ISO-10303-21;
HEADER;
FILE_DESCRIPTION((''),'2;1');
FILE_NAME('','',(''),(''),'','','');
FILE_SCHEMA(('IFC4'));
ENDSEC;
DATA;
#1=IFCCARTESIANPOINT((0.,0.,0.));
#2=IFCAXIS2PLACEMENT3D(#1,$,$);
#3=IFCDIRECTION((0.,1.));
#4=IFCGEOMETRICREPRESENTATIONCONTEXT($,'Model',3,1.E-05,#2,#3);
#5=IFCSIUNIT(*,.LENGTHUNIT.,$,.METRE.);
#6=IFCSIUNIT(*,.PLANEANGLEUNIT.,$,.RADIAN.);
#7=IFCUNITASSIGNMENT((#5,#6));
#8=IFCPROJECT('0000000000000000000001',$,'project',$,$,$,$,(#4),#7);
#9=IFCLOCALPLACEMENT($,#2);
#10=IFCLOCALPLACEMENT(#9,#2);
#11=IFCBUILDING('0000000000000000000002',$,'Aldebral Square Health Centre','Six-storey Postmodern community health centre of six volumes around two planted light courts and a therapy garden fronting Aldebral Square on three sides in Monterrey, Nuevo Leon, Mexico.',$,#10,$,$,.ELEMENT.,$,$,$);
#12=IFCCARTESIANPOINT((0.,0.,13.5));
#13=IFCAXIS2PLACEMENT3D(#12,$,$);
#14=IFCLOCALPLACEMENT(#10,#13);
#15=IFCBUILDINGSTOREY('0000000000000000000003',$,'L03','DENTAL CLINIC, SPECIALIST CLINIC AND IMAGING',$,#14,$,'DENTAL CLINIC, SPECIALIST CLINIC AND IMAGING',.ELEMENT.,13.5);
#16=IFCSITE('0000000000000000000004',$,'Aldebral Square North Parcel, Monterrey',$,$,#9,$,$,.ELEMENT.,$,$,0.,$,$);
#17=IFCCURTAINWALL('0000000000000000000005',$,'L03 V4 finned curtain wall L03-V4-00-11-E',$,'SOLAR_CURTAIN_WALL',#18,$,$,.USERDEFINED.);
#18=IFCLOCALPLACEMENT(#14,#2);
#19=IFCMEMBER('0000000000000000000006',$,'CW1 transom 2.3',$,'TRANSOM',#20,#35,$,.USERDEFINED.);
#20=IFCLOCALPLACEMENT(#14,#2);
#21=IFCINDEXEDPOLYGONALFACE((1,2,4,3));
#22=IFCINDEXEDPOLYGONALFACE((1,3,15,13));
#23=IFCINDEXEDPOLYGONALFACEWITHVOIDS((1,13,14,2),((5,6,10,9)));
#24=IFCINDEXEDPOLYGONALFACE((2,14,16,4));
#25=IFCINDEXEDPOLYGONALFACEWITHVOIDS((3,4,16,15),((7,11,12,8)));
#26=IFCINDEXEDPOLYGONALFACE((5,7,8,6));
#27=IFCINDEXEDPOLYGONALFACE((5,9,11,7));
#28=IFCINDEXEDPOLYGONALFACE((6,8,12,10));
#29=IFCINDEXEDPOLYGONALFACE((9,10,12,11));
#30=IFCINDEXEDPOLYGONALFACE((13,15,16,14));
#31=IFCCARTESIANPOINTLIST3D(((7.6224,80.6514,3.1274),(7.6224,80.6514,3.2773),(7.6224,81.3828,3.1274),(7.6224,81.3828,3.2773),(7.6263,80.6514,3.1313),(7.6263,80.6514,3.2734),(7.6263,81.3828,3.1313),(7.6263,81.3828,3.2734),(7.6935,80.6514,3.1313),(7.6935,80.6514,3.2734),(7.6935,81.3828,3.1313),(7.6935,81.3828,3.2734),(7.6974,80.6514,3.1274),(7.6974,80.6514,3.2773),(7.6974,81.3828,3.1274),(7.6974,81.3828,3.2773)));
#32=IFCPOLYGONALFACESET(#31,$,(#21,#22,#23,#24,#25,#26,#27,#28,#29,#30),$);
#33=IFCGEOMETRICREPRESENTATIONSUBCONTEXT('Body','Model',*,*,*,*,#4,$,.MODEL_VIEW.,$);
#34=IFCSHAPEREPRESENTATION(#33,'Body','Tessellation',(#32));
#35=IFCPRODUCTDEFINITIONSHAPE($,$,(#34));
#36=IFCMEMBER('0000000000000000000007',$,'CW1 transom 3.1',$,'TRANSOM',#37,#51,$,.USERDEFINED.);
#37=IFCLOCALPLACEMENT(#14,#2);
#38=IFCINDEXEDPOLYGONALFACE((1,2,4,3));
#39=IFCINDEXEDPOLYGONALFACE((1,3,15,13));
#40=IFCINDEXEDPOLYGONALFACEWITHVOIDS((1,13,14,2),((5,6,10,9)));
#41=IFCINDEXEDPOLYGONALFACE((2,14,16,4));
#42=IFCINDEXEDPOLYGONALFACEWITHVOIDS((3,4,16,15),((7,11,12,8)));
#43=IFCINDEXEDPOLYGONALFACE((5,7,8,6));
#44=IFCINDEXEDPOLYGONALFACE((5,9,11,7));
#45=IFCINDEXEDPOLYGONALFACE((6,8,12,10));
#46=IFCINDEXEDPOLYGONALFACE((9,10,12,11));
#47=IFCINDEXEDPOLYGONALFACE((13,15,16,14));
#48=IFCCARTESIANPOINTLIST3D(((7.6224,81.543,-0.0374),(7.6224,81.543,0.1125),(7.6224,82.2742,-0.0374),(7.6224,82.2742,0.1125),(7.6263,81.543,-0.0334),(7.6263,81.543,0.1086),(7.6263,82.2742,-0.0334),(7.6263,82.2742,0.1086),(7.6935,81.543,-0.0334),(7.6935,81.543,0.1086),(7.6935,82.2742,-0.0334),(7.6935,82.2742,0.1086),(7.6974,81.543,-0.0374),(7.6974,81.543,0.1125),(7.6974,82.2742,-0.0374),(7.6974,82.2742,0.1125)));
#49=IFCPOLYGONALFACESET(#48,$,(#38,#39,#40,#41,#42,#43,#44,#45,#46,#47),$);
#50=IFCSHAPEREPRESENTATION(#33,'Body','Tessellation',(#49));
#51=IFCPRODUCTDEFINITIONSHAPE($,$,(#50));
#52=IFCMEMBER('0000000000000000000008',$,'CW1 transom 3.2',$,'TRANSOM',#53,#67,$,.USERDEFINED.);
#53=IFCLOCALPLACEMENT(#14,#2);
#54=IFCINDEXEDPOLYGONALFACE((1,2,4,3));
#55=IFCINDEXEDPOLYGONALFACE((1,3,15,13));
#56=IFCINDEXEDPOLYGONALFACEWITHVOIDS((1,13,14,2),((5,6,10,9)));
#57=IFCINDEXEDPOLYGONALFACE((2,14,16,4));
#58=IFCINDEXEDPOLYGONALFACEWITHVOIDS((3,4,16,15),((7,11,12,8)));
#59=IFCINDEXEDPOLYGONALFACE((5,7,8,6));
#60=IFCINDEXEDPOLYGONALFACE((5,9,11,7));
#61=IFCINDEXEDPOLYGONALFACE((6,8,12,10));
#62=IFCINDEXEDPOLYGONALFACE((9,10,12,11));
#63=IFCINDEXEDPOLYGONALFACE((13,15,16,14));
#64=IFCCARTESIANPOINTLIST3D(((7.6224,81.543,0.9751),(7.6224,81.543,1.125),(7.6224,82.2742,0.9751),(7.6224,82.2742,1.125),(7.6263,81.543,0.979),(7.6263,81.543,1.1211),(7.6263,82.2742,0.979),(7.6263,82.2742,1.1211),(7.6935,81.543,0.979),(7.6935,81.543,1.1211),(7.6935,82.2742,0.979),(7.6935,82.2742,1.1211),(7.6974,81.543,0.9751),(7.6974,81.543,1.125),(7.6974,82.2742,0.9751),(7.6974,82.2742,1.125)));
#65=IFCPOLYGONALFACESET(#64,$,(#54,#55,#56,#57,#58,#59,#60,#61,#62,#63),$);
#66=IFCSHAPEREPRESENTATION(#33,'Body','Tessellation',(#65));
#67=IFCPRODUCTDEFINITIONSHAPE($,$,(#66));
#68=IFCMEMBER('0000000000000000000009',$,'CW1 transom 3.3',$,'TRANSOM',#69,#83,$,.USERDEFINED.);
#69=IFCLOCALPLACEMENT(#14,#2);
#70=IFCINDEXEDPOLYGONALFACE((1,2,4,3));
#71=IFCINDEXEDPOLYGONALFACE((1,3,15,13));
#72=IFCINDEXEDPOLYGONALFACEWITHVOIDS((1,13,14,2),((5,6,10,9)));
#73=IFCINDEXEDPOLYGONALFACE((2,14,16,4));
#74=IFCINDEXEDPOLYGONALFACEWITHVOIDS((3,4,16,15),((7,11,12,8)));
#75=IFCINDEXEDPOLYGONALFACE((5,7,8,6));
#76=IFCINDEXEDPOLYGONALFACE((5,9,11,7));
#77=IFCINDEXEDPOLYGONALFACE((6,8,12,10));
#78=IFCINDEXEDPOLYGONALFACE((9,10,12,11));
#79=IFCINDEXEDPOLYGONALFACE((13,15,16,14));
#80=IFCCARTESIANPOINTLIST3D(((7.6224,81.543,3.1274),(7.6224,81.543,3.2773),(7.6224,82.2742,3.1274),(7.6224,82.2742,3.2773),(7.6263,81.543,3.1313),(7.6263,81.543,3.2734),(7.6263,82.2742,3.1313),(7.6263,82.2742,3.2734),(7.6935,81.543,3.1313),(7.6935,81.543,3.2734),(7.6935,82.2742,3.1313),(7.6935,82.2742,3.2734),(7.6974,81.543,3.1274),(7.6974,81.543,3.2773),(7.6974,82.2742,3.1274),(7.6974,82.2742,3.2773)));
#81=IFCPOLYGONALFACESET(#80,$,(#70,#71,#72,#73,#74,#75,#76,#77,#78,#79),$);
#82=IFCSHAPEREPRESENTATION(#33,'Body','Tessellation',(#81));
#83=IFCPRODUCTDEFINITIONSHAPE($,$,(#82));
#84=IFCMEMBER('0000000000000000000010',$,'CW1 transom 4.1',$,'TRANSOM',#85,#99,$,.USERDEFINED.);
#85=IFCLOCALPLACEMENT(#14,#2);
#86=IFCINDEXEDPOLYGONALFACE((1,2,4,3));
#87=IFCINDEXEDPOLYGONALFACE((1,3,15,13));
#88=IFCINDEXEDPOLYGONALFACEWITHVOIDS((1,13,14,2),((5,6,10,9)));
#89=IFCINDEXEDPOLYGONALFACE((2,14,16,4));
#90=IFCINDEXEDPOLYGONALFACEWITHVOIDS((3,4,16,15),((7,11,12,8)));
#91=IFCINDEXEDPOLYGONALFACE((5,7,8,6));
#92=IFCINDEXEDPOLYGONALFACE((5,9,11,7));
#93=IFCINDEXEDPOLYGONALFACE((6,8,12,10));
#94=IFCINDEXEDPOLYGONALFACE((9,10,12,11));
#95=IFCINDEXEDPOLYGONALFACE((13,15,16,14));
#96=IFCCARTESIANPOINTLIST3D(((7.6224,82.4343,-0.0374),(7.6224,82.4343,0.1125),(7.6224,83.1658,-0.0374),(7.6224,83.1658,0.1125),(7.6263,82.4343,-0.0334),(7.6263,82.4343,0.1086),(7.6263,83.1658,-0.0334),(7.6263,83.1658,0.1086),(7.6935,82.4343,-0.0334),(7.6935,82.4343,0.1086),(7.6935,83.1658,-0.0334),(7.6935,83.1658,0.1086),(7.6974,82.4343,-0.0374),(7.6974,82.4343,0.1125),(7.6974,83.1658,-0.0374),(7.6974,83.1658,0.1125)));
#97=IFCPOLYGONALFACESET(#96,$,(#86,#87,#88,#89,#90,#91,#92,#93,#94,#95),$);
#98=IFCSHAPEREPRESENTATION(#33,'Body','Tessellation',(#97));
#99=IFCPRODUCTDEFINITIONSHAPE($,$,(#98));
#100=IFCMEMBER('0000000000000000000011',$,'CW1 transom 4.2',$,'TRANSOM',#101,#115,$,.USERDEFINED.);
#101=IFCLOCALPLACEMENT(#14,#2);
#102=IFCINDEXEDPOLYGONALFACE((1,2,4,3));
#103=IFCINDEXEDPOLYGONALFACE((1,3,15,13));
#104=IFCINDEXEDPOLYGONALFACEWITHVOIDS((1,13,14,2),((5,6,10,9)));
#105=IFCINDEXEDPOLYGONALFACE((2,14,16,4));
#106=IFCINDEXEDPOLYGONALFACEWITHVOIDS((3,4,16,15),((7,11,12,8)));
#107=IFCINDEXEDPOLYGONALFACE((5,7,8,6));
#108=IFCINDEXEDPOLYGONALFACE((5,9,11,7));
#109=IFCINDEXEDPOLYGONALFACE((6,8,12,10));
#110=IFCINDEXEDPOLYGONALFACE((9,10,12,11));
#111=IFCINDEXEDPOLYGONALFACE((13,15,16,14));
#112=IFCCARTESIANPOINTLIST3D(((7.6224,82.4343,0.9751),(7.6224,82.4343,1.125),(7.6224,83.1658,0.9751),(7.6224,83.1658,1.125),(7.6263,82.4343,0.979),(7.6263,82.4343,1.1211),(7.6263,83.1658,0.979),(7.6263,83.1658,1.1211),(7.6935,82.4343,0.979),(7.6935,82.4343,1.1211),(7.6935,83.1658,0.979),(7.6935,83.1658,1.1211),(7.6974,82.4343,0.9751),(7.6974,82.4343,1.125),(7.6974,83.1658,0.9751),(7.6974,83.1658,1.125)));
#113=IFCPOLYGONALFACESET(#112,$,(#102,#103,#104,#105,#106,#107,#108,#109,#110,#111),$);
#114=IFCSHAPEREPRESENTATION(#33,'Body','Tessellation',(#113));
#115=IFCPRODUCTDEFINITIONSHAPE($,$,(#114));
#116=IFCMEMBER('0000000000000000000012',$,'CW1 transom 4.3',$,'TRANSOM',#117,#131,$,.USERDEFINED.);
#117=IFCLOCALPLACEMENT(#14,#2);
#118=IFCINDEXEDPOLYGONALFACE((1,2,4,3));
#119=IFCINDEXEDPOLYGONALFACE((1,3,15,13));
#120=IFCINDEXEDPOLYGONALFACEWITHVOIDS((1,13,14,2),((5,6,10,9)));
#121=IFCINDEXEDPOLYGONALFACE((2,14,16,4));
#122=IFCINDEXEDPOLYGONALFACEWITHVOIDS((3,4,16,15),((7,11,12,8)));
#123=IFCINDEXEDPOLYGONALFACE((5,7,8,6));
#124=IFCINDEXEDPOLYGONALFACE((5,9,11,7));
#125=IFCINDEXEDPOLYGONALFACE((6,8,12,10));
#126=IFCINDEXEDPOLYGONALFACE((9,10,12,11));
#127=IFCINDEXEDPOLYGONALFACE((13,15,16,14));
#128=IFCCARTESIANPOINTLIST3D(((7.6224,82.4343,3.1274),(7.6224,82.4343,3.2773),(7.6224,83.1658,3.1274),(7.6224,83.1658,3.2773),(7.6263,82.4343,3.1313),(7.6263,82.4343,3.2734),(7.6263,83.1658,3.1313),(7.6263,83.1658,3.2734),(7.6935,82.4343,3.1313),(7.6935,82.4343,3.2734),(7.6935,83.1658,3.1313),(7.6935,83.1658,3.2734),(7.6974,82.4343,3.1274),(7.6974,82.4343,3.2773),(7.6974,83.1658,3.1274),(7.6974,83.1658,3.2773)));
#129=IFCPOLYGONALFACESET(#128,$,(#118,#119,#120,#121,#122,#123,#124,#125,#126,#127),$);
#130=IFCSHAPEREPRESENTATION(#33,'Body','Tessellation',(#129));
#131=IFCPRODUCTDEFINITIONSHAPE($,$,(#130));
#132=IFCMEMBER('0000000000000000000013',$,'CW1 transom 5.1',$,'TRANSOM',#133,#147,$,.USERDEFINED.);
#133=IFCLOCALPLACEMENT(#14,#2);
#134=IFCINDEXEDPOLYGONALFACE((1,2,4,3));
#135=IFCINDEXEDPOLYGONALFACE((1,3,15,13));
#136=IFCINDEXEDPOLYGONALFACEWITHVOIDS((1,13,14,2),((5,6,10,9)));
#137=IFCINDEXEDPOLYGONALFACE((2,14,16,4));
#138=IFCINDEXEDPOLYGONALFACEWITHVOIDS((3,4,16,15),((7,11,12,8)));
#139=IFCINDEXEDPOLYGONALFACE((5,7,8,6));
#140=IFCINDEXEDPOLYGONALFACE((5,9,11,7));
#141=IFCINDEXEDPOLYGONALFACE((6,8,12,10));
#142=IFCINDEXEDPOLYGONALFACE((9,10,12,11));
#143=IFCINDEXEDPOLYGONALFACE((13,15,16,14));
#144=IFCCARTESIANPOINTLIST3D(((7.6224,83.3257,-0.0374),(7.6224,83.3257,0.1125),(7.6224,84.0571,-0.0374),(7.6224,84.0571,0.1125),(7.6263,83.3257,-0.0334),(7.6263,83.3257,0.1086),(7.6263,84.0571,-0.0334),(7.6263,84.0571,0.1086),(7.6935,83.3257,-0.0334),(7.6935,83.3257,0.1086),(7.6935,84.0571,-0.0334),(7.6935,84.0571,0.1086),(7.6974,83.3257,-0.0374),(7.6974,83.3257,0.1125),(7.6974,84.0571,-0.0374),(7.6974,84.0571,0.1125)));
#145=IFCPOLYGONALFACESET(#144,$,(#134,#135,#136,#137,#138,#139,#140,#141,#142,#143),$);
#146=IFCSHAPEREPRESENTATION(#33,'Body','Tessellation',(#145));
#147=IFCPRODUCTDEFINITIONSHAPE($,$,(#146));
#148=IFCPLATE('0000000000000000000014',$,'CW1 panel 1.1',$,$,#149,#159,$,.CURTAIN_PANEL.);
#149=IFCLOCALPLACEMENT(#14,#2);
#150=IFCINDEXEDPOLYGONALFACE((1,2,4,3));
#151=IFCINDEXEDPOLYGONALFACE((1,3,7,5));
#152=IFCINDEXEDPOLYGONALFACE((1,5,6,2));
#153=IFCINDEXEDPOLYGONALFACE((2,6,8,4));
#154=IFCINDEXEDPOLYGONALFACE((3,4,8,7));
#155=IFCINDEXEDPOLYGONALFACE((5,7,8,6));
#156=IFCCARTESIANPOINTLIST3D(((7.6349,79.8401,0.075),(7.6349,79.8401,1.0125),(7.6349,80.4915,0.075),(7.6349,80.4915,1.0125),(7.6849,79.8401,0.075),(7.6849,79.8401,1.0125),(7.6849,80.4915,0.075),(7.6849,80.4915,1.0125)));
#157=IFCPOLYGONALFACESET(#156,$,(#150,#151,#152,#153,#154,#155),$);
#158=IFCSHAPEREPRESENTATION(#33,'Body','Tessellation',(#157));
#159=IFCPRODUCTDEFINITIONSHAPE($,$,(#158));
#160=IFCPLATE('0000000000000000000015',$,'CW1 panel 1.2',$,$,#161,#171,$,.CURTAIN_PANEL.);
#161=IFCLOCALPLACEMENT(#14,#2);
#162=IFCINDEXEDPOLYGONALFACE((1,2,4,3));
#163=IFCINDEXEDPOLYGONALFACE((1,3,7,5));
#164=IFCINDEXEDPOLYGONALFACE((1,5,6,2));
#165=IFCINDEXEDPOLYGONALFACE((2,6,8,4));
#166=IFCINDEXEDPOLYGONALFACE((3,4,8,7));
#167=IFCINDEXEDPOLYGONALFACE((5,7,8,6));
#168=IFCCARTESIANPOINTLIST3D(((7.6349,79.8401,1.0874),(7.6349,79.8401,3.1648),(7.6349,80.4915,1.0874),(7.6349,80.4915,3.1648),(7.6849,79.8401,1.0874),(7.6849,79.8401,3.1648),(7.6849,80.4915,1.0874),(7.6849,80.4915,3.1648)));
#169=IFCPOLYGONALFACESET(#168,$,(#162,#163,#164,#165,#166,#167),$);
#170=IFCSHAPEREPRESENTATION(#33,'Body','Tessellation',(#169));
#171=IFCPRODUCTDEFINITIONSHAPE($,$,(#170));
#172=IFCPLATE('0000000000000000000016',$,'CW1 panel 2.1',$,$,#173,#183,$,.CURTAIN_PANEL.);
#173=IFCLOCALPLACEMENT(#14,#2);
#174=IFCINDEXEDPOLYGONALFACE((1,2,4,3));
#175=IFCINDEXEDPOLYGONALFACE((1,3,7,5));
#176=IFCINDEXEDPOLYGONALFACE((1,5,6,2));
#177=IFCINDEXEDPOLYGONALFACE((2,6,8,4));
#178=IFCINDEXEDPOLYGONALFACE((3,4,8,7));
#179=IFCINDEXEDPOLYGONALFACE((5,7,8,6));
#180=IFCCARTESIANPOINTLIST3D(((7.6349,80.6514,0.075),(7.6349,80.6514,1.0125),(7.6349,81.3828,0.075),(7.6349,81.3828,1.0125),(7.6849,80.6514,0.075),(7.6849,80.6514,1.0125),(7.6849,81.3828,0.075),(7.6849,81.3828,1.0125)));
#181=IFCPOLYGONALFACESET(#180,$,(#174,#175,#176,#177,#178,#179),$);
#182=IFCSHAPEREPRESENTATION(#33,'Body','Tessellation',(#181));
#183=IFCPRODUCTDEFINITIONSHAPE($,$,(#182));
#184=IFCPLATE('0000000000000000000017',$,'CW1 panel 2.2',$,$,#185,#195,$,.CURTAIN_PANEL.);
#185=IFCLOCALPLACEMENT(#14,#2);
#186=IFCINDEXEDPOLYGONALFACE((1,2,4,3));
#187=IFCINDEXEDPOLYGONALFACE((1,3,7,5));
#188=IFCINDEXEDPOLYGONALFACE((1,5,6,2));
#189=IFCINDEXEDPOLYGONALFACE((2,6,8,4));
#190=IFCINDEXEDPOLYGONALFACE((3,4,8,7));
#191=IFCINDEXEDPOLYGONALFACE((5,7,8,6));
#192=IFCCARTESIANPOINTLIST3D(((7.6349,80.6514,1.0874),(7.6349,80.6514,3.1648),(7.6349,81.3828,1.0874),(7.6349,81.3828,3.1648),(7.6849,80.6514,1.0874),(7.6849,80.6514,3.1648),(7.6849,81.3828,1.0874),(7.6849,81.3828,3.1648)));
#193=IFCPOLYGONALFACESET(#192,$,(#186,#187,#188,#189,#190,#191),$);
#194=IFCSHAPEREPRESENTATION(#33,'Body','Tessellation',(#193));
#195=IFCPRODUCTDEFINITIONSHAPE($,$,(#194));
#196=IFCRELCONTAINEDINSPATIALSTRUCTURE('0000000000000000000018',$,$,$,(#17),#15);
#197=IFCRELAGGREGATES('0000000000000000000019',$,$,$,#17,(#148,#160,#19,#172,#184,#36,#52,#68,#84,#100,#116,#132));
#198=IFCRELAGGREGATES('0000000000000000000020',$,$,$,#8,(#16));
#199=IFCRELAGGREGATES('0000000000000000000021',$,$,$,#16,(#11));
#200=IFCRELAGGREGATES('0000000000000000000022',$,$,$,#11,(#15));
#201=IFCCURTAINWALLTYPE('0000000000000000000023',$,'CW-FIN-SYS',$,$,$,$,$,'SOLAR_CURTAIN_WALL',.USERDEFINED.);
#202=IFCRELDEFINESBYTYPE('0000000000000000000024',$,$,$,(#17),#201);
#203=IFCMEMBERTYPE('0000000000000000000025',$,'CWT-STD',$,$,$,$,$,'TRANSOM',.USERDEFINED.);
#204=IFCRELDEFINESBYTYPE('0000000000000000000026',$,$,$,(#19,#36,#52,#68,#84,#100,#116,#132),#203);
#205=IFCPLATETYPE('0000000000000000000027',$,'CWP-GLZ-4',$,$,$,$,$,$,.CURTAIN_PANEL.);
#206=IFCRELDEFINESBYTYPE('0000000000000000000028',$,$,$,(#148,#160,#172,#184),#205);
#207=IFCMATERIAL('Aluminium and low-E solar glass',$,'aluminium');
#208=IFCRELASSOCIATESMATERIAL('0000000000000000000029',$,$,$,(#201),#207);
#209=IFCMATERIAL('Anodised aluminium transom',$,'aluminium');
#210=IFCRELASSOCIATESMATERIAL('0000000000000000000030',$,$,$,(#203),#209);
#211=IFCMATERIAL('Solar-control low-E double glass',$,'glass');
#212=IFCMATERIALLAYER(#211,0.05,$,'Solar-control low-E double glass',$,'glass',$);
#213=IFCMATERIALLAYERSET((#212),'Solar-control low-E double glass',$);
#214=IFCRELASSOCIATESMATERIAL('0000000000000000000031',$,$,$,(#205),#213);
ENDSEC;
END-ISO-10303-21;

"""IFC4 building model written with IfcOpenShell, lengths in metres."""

from ifc_helpers import new_model, si_unit, direction, frame, origin, origin_2d, place, context, subcontext, project, spatial, rectangle, hollow_rectangle, extrude, material, layer, layer_set, material_profile, profile_set, type_object, element, aggregate, save


model = new_model("IFC4")

# Units and contexts
model_context = context("Model", 3, precision=1e-05, world=origin(), true_north=direction((0.0, 1.0)))
body_context = subcontext(model_context, "Body", "Model", "MODEL_VIEW")
ifc_project = project(units=[si_unit("LENGTHUNIT", "METRE"), si_unit("PLANEANGLEUNIT", "RADIAN")], contexts=[model_context])

# Site, building, storey
site_placement = place(None, origin())
site = spatial("IfcSite", under=ifc_project, at=site_placement, Name="Aldebral Square North Parcel, Monterrey", CompositionType="ELEMENT", RefElevation=0.0)
building_placement = place(site_placement, origin())
building = spatial("IfcBuilding", under=site, at=building_placement, Name="Aldebral Square Health Centre", Description="Six-storey Postmodern community health centre of six volumes around two planted light courts and a therapy garden fronting Aldebral Square on three sides in Monterrey, Nuevo Leon, Mexico.", CompositionType="ELEMENT")
storey_placement = place(building_placement, frame((0.0, 0.0, 13.5)))
storey = spatial("IfcBuildingStorey", under=building, at=storey_placement, Name="L03", Description="DENTAL CLINIC, SPECIALIST CLINIC AND IMAGING", LongName="DENTAL CLINIC, SPECIALIST CLINIC AND IMAGING", CompositionType="ELEMENT", Elevation=13.5)

# Shared definitions
ifc_material_1 = material(Name="Aluminium and low-E solar glass", Category="aluminium")
curtain_wall_type = type_object("IfcCurtainWallType", Name="CW-FIN-SYS", ElementType="SOLAR_CURTAIN_WALL", PredefinedType="USERDEFINED", material=ifc_material_1)

# Curtain wall, members, plates
curtain_wall_1_placement = place(storey_placement, origin())
curtain_wall_1 = element("IfcCurtainWall", 1, at=curtain_wall_1_placement, inside=storey, type_object=curtain_wall_type, Name="L03 V4 finned curtain wall L03-V4-00-11-E", ObjectType="SOLAR_CURTAIN_WALL", PredefinedType="USERDEFINED")
ifc_material_2 = material(Name="Anodised aluminium transom", Category="aluminium")
ifc_material_profile_1 = material_profile(ifc_material_2, hollow_rectangle(XDim=0.075, YDim=0.1499, WallThickness=0.0039, at=origin_2d()), Name="CWT 75x150x4")
ifc_profile_set_1 = profile_set([ifc_material_profile_1], Name="Anodised aluminium transom")
member_type_1 = type_object("IfcMemberType", Name="CWT-STD", ElementType="TRANSOM", PredefinedType="USERDEFINED", material=ifc_profile_set_1)
member_1_placement = place(storey_placement, frame((7.6599, 80.6514, 3.2024), z_axis=(0.0, 1.0, 0.0), x_axis=(-1.0, 0.0, 0.0)))
member_1 = element("IfcMember", 2, at=member_1_placement, type_object=member_type_1, Name="CW1 transom 2.3", ObjectType="TRANSOM", PredefinedType="USERDEFINED", context=body_context, shape_type="SweptSolid", body=[
    extrude(hollow_rectangle(XDim=0.075, YDim=0.1499, WallThickness=0.0039, at=origin_2d()), origin(), (0.0, 0.0, 1.0), 0.7314),
])
member_2_placement = place(storey_placement, frame((7.6599, 81.543, 0.0376), z_axis=(0.0, 1.0, 0.0), x_axis=(-1.0, 0.0, 0.0)))
member_2 = element("IfcMember", 3, at=member_2_placement, type_object=member_type_1, Name="CW1 transom 3.1", ObjectType="TRANSOM", PredefinedType="USERDEFINED", context=body_context, shape_type="SweptSolid", body=[
    extrude(hollow_rectangle(XDim=0.075, YDim=0.1499, WallThickness=0.0039, at=origin_2d()), origin(), (0.0, 0.0, 1.0), 0.7312),
])
member_3_placement = place(storey_placement, frame((7.6599, 81.543, 1.05), z_axis=(0.0, 1.0, 0.0), x_axis=(-1.0, 0.0, 0.0)))
member_3 = element("IfcMember", 4, at=member_3_placement, type_object=member_type_1, Name="CW1 transom 3.2", ObjectType="TRANSOM", PredefinedType="USERDEFINED", context=body_context, shape_type="SweptSolid", body=[
    extrude(hollow_rectangle(XDim=0.075, YDim=0.1499, WallThickness=0.0039, at=origin_2d()), origin(), (0.0, 0.0, 1.0), 0.7312),
])
member_4_placement = place(storey_placement, frame((7.6599, 81.543, 3.2024), z_axis=(0.0, 1.0, 0.0), x_axis=(-1.0, 0.0, 0.0)))
member_4 = element("IfcMember", 5, at=member_4_placement, type_object=member_type_1, Name="CW1 transom 3.3", ObjectType="TRANSOM", PredefinedType="USERDEFINED", context=body_context, shape_type="SweptSolid", body=[
    extrude(hollow_rectangle(XDim=0.075, YDim=0.1499, WallThickness=0.0039, at=origin_2d()), origin(), (0.0, 0.0, 1.0), 0.7312),
])
member_5_placement = place(storey_placement, frame((7.6599, 82.4343, 0.0376), z_axis=(0.0, 1.0, 0.0), x_axis=(-1.0, 0.0, 0.0)))
member_5 = element("IfcMember", 6, at=member_5_placement, type_object=member_type_1, Name="CW1 transom 4.1", ObjectType="TRANSOM", PredefinedType="USERDEFINED", context=body_context, shape_type="SweptSolid", body=[
    extrude(hollow_rectangle(XDim=0.075, YDim=0.1499, WallThickness=0.0039, at=origin_2d()), origin(), (0.0, 0.0, 1.0), 0.7314),
])
member_6_placement = place(storey_placement, frame((7.6599, 82.4343, 1.05), z_axis=(0.0, 1.0, 0.0), x_axis=(-1.0, 0.0, 0.0)))
member_6 = element("IfcMember", 7, at=member_6_placement, type_object=member_type_1, Name="CW1 transom 4.2", ObjectType="TRANSOM", PredefinedType="USERDEFINED", context=body_context, shape_type="SweptSolid", body=[
    extrude(hollow_rectangle(XDim=0.075, YDim=0.1499, WallThickness=0.0039, at=origin_2d()), origin(), (0.0, 0.0, 1.0), 0.7314),
])
member_7_placement = place(storey_placement, frame((7.6599, 82.4343, 3.2024), z_axis=(0.0, 1.0, 0.0), x_axis=(-1.0, 0.0, 0.0)))
member_7 = element("IfcMember", 8, at=member_7_placement, type_object=member_type_1, Name="CW1 transom 4.3", ObjectType="TRANSOM", PredefinedType="USERDEFINED", context=body_context, shape_type="SweptSolid", body=[
    extrude(hollow_rectangle(XDim=0.075, YDim=0.1499, WallThickness=0.0039, at=origin_2d()), origin(), (0.0, 0.0, 1.0), 0.7314),
])
member_8_placement = place(storey_placement, frame((7.6599, 83.3257, 0.0376), z_axis=(0.0, 1.0, 0.0), x_axis=(-1.0, 0.0, 0.0)))
member_8 = element("IfcMember", 9, at=member_8_placement, type_object=member_type_1, Name="CW1 transom 5.1", ObjectType="TRANSOM", PredefinedType="USERDEFINED", context=body_context, shape_type="SweptSolid", body=[
    extrude(hollow_rectangle(XDim=0.075, YDim=0.1499, WallThickness=0.0039, at=origin_2d()), origin(), (0.0, 0.0, 1.0), 0.7314),
])
ifc_material_3 = material(Name="Solar-control low-E double glass", Category="glass")
ifc_layer = layer(ifc_material_3, 0.05, Name="Solar-control low-E double glass", Category="glass")
ifc_layer_set = layer_set([ifc_layer], Name="Solar-control low-E double glass")
plate_type = type_object("IfcPlateType", Name="CWP-GLZ-4", PredefinedType="CURTAIN_PANEL", material=ifc_layer_set)
plate_1_placement = place(storey_placement, frame((7.6599, 80.1658, 0.075), z_axis=(0.0, 0.0, 1.0), x_axis=(0.0, 1.0, 0.0)))
plate_1 = element("IfcPlate", 10, at=plate_1_placement, type_object=plate_type, Name="CW1 panel 1.1", PredefinedType="CURTAIN_PANEL", context=body_context, shape_type="SweptSolid", body=[
    extrude(rectangle(XDim=0.6514, YDim=0.05, at=origin_2d()), origin(), (0.0, 0.0, 1.0), 0.9375),
])
plate_2_placement = place(storey_placement, frame((7.6599, 80.1658, 1.0874), z_axis=(0.0, 0.0, 1.0), x_axis=(0.0, 1.0, 0.0)))
plate_2 = element("IfcPlate", 11, at=plate_2_placement, type_object=plate_type, Name="CW1 panel 1.2", PredefinedType="CURTAIN_PANEL", context=body_context, shape_type="SweptSolid", body=[
    extrude(rectangle(XDim=0.6514, YDim=0.05, at=origin_2d()), origin(), (0.0, 0.0, 1.0), 2.0774),
])
plate_3_placement = place(storey_placement, frame((7.6599, 81.0171, 0.075), z_axis=(0.0, 0.0, 1.0), x_axis=(0.0, 1.0, 0.0)))
plate_3 = element("IfcPlate", 12, at=plate_3_placement, type_object=plate_type, Name="CW1 panel 2.1", PredefinedType="CURTAIN_PANEL", context=body_context, shape_type="SweptSolid", body=[
    extrude(rectangle(XDim=0.7314, YDim=0.05, at=origin_2d()), origin(), (0.0, 0.0, 1.0), 0.9375),
])
plate_4_placement = place(storey_placement, frame((7.6599, 81.0171, 1.0874), z_axis=(0.0, 0.0, 1.0), x_axis=(0.0, 1.0, 0.0)))
plate_4 = element("IfcPlate", 13, at=plate_4_placement, type_object=plate_type, Name="CW1 panel 2.2", PredefinedType="CURTAIN_PANEL", context=body_context, shape_type="SweptSolid", body=[
    extrude(rectangle(XDim=0.7314, YDim=0.05, at=origin_2d()), origin(), (0.0, 0.0, 1.0), 2.0774),
])
aggregate(curtain_wall_1, [plate_1, plate_2, member_1, plate_3, plate_4, member_2, member_3, member_4, member_5, member_6, member_7, member_8])

save(model, "model.ifc")
